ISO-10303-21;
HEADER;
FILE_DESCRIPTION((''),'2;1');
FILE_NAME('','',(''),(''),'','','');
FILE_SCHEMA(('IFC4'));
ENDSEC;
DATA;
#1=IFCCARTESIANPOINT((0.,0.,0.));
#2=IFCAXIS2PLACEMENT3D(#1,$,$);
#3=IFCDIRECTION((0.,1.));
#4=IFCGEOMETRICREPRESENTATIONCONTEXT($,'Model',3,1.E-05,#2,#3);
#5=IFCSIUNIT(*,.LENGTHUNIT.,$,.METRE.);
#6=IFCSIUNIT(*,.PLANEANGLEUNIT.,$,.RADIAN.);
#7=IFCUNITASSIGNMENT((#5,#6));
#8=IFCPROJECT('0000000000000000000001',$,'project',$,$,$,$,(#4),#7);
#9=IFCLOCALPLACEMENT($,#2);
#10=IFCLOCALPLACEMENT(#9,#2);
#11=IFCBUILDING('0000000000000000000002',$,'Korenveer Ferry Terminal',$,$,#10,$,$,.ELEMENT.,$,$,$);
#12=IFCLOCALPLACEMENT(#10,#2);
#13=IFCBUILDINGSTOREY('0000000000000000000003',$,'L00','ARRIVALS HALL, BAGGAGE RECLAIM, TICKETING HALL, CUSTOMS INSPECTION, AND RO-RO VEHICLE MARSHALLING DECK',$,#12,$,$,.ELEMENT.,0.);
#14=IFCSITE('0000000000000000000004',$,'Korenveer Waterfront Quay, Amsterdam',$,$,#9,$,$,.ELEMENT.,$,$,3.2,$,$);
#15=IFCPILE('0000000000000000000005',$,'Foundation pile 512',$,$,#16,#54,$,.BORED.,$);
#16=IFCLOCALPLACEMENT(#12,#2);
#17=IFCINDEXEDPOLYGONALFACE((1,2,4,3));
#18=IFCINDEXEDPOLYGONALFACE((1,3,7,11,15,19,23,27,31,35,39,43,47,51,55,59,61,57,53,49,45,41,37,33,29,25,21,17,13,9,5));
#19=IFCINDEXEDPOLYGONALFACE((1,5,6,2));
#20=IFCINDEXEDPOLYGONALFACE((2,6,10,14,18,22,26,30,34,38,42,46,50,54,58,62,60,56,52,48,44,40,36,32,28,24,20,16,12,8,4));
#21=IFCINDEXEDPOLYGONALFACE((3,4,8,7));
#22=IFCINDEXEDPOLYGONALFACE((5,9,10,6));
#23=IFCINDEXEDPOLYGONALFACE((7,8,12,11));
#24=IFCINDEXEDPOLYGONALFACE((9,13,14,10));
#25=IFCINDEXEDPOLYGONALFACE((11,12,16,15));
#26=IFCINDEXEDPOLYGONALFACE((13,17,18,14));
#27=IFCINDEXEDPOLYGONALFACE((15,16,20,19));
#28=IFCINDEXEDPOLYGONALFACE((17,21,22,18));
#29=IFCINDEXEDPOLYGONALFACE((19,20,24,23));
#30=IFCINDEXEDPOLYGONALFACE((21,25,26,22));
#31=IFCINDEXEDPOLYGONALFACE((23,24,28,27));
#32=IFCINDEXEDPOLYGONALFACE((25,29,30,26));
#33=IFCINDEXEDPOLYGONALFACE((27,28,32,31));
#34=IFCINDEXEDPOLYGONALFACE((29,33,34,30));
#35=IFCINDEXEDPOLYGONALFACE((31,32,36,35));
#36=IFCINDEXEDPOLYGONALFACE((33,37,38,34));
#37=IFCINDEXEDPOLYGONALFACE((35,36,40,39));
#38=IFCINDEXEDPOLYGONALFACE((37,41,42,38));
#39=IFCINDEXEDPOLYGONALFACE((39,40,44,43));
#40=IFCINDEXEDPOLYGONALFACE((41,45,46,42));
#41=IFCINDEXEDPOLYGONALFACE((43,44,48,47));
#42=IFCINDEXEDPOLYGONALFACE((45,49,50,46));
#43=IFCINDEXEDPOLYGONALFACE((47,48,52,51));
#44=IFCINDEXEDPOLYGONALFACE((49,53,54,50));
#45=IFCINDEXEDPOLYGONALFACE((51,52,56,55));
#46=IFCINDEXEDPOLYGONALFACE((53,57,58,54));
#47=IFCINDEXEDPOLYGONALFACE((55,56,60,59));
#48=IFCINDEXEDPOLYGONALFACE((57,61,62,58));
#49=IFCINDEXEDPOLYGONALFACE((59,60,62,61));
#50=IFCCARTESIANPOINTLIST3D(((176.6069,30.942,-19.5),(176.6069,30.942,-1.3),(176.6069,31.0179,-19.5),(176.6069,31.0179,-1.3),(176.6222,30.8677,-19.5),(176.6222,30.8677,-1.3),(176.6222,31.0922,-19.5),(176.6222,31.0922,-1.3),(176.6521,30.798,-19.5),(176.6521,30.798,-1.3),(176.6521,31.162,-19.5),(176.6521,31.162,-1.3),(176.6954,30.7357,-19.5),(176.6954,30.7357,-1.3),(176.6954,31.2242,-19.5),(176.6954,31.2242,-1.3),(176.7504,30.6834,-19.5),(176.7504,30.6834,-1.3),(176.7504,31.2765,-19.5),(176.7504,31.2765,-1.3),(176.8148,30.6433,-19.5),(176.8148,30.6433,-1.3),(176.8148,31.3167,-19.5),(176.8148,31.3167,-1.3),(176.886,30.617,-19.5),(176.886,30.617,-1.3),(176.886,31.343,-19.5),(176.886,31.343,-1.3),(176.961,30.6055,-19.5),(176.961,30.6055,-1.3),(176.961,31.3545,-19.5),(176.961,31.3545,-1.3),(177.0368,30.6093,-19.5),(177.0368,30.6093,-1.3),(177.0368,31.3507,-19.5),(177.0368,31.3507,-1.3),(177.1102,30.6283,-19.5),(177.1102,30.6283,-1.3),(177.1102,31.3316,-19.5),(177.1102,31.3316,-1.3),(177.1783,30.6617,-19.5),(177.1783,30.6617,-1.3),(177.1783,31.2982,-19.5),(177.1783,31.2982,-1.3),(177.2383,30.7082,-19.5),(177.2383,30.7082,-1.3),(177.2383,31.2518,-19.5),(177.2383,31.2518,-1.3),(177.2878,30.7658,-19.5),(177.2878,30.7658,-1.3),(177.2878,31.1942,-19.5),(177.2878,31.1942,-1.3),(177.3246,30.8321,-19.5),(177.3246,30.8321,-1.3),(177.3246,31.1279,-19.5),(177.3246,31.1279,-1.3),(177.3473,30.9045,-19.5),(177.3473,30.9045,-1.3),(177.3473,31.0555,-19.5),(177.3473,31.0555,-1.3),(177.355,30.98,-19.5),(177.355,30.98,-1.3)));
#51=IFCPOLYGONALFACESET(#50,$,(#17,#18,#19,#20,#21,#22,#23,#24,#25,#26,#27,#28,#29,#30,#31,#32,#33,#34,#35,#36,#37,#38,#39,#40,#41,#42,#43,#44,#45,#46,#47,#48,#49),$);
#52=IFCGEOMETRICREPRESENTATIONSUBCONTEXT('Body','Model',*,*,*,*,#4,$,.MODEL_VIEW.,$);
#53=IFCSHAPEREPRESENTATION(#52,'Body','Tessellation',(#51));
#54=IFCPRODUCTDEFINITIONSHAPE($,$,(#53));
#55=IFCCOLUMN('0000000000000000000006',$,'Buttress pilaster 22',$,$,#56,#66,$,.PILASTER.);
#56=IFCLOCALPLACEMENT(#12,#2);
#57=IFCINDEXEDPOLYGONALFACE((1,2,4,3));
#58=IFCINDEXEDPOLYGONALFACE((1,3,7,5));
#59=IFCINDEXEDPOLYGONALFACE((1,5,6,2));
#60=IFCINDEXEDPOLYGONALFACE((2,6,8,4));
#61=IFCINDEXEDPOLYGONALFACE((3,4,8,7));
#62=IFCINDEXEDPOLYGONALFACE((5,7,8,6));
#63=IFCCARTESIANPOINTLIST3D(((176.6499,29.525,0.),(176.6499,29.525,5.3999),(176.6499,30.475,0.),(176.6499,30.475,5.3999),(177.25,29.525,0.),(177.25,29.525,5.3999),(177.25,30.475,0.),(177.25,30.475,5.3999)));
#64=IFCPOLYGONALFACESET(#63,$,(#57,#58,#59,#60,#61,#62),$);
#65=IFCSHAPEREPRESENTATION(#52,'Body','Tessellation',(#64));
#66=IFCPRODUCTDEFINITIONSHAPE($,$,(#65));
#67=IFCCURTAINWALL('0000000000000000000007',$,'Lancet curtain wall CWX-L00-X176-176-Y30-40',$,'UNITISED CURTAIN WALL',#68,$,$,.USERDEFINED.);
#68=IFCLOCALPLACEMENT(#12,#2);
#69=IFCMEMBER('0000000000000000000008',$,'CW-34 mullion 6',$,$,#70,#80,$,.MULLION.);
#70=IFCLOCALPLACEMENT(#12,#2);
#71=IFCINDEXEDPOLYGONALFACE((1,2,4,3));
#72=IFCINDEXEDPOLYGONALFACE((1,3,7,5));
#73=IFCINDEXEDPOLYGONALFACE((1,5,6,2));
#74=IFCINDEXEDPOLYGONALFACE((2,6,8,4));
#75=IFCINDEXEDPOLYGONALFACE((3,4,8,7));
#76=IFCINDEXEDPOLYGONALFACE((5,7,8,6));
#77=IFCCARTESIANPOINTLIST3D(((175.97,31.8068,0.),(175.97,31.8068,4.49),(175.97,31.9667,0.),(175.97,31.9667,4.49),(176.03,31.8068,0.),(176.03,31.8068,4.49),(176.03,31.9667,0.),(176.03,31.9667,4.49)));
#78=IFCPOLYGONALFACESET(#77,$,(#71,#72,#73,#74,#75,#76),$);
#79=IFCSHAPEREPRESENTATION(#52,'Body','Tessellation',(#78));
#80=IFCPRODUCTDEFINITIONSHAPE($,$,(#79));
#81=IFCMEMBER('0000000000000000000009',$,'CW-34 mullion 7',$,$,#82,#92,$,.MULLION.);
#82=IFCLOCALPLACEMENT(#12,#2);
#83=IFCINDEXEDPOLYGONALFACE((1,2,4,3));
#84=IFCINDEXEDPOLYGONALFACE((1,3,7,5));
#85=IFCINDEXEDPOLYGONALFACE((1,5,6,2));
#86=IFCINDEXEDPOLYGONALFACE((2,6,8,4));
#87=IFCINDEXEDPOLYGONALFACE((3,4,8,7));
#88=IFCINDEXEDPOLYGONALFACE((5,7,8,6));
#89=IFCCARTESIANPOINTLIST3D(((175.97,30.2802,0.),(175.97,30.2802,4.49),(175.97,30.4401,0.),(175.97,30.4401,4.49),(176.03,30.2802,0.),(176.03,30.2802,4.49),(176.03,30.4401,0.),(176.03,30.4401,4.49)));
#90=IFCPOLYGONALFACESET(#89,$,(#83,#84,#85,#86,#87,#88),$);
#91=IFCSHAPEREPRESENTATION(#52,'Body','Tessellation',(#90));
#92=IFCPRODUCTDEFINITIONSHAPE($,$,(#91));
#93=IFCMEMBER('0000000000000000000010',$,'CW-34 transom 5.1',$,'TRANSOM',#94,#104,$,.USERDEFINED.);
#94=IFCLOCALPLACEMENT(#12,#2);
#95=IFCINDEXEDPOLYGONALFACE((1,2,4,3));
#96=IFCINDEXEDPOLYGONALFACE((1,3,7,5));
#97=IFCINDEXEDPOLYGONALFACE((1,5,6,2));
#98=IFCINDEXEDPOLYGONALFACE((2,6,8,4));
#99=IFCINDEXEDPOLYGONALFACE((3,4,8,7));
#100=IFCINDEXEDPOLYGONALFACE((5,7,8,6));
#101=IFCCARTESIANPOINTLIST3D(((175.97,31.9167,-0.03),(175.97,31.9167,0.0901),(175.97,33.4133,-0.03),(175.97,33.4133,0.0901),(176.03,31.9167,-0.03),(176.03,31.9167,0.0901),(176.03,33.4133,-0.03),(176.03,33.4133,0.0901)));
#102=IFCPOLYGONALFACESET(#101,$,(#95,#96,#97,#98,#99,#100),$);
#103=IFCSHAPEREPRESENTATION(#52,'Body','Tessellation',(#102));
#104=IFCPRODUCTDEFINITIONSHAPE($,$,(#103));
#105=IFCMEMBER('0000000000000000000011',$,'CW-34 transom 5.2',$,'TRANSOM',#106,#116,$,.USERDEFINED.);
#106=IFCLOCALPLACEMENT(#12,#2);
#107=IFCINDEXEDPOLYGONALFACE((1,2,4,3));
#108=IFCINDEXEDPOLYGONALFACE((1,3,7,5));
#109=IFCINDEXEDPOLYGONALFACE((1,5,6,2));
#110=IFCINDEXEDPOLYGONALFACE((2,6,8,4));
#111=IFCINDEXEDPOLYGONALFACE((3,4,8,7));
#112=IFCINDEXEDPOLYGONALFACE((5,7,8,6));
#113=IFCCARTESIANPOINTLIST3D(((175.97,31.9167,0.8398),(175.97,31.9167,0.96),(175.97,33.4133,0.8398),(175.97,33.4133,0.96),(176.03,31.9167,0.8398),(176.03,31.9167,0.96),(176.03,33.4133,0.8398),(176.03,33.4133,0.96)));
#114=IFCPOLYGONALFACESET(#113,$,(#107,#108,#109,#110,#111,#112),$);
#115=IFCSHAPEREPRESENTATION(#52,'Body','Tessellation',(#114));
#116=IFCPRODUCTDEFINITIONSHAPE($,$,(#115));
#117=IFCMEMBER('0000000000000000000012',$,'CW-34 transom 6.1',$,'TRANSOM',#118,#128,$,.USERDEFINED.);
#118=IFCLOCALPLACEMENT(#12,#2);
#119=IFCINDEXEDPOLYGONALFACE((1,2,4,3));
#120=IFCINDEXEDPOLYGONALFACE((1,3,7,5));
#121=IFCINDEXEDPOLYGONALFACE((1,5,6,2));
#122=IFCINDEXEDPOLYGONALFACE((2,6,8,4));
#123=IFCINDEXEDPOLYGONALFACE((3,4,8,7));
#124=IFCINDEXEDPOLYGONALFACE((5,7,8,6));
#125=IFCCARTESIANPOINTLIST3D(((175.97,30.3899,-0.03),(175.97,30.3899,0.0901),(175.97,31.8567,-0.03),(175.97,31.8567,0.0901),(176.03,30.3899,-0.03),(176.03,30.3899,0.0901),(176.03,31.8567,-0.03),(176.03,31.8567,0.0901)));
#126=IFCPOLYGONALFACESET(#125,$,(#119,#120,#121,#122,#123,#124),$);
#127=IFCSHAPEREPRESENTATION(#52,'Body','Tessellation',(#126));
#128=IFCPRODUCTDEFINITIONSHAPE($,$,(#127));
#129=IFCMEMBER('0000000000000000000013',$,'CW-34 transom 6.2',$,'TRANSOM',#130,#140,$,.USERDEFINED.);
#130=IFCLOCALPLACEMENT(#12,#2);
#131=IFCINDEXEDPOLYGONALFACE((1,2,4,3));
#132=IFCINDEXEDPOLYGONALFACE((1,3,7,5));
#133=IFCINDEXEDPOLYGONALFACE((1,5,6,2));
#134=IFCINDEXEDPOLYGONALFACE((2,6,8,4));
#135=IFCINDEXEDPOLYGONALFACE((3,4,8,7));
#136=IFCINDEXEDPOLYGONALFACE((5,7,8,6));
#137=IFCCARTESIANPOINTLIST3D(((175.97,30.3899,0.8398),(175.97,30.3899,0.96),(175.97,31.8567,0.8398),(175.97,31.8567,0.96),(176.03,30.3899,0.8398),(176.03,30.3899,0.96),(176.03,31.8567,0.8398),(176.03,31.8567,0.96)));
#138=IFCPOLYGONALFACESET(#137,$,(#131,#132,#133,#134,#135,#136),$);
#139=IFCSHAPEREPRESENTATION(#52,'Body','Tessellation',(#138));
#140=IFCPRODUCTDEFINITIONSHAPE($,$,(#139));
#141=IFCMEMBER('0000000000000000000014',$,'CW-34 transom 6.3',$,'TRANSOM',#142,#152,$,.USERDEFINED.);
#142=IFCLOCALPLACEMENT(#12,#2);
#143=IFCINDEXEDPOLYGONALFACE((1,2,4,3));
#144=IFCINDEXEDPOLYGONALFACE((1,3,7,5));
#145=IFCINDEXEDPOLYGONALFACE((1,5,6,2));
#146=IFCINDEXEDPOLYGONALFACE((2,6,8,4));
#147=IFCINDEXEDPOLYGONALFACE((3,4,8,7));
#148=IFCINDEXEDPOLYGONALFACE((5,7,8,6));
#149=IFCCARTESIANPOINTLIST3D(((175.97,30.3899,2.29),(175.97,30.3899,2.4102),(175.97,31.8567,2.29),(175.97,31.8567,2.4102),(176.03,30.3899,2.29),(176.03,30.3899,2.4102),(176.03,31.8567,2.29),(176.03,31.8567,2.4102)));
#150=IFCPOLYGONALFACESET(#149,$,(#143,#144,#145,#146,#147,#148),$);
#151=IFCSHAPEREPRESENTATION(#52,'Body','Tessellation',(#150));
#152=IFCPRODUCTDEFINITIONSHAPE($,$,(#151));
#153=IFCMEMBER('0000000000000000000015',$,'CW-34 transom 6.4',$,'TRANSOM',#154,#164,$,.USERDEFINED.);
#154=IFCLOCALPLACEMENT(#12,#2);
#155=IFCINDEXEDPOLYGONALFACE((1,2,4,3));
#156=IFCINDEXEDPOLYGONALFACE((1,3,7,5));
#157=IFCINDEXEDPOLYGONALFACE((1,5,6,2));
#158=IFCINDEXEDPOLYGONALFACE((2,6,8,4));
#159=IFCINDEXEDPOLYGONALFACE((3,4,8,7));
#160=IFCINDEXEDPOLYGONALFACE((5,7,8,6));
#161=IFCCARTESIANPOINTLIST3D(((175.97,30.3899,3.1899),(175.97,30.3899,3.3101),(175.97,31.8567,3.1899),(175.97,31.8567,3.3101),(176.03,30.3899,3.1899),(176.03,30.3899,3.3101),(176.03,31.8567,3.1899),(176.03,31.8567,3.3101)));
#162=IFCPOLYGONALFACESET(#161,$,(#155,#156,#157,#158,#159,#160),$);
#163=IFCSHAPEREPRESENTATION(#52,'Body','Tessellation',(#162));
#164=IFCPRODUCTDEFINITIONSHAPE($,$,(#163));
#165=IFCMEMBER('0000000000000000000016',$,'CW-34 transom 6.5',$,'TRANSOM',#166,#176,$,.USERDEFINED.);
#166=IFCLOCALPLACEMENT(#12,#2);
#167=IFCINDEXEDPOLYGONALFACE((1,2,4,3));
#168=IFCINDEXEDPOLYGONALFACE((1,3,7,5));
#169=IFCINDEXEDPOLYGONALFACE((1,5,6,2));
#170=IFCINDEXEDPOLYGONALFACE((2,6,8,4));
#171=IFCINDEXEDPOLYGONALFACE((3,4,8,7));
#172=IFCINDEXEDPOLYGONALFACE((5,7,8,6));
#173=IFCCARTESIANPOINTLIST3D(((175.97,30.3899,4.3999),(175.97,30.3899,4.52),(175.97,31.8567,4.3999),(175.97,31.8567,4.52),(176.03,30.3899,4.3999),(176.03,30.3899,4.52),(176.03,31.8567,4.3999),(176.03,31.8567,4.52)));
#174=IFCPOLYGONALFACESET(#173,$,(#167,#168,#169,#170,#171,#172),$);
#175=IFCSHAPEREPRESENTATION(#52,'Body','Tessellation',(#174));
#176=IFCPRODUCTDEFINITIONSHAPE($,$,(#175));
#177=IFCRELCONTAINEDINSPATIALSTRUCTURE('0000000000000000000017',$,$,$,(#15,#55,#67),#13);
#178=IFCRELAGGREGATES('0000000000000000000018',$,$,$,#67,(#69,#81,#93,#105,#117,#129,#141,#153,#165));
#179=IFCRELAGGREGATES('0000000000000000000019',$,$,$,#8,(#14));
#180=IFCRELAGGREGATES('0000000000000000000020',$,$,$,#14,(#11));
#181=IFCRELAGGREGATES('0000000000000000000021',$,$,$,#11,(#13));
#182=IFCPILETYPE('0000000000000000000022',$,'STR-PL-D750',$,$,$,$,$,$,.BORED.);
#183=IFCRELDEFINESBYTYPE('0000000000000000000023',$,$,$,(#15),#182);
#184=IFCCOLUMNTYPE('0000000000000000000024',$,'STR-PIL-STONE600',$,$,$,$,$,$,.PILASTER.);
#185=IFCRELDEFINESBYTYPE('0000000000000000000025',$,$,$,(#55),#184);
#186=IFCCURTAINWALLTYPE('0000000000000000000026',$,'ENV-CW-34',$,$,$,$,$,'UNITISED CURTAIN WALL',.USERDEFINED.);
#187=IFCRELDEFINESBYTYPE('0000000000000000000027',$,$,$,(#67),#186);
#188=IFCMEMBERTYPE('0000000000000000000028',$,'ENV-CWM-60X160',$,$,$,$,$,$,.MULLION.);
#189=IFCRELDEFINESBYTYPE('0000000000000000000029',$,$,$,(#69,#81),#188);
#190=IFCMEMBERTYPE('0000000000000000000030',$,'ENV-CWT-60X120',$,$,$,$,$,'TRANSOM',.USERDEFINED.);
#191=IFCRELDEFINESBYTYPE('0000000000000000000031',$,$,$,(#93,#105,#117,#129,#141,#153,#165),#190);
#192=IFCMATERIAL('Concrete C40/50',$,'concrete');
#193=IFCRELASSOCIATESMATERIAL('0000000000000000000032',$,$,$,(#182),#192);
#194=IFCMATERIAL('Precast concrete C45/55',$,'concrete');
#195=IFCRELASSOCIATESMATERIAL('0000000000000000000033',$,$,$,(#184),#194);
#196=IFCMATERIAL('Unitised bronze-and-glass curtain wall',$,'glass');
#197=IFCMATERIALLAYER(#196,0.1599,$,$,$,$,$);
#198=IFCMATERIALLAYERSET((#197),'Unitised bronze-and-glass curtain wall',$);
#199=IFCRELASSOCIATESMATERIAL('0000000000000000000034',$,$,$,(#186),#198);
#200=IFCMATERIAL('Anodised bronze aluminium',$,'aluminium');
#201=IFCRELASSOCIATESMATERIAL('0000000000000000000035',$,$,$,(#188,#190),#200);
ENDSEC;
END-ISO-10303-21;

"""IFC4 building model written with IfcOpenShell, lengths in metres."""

from ifc_helpers import new_model, si_unit, direction, frame, origin, origin_2d, place, context, subcontext, project, spatial, rectangle, circle, extrude, material, layer, layer_set, material_profile, profile_set, type_object, element, aggregate, save


model = new_model("IFC4")

# Units and contexts
model_context = context("Model", 3, precision=1e-05, world=origin(), true_north=direction((0.0, 1.0)))
body_context = subcontext(model_context, "Body", "Model", "MODEL_VIEW")
ifc_project = project(units=[si_unit("LENGTHUNIT", "METRE"), si_unit("PLANEANGLEUNIT", "RADIAN")], contexts=[model_context])

# Site, building, storey
site_placement = place(None, origin())
site = spatial("IfcSite", under=ifc_project, at=site_placement, Name="Korenveer Waterfront Quay, Amsterdam", CompositionType="ELEMENT", RefElevation=3.2)
building_placement = place(site_placement, origin())
building = spatial("IfcBuilding", under=site, at=building_placement, Name="Korenveer Ferry Terminal", CompositionType="ELEMENT")
storey_placement = place(building_placement, origin())
storey = spatial("IfcBuildingStorey", under=building, at=storey_placement, Name="L00", Description="ARRIVALS HALL, BAGGAGE RECLAIM, TICKETING HALL, CUSTOMS INSPECTION, AND RO-RO VEHICLE MARSHALLING DECK", CompositionType="ELEMENT", Elevation=0.0)

# Pile
ifc_material_1 = material(Name="Concrete C40/50", Category="concrete")
ifc_material_profile_1 = material_profile(ifc_material_1, circle(Radius=0.375, at=origin_2d()), Name="PILE D750")
ifc_profile_set_1 = profile_set([ifc_material_profile_1], Name="Concrete C40/50")
pile_type = type_object("IfcPileType", Name="STR-PL-D750", PredefinedType="BORED", material=ifc_profile_set_1)
pile_placement = place(storey_placement, frame((176.98, 30.98, -1.3), z_axis=(0.0, 0.0, -1.0), x_axis=(1.0, 0.0, 0.0)))
element("IfcPile", 1, at=pile_placement, inside=storey, type_object=pile_type, Name="Foundation pile 512", PredefinedType="BORED", context=body_context, shape_type="SweptSolid", body=[
    extrude(circle(Radius=0.375, at=origin_2d()), origin(), (0.0, 0.0, 1.0), 18.2),
])

# Column
ifc_material_2 = material(Name="Precast concrete C45/55", Category="concrete")
ifc_material_profile_2 = material_profile(ifc_material_2, rectangle(XDim=0.6001, YDim=0.95, at=origin_2d()), Name="RC 600x950")
ifc_profile_set_2 = profile_set([ifc_material_profile_2], Name="Precast concrete C45/55")
column_type = type_object("IfcColumnType", Name="STR-PIL-STONE600", PredefinedType="PILASTER", material=ifc_profile_set_2)
column_placement = place(storey_placement, frame((176.95, 30.0, 0.0), z_axis=(0.0, 0.0, 1.0), x_axis=(1.0, 0.0, 0.0)))
element("IfcColumn", 2, at=column_placement, inside=storey, type_object=column_type, Name="Buttress pilaster 22", PredefinedType="PILASTER", context=body_context, shape_type="SweptSolid", body=[
    extrude(rectangle(XDim=0.6001, YDim=0.95, at=origin_2d()), origin(), (0.0, 0.0, 1.0), 5.3999),
])

# Curtain wall, members
ifc_material_3 = material(Name="Unitised bronze-and-glass curtain wall", Category="glass")
ifc_layer_1 = layer(ifc_material_3, 0.1599)
ifc_layer_set_1 = layer_set([ifc_layer_1], Name="Unitised bronze-and-glass curtain wall")
curtain_wall_type = type_object("IfcCurtainWallType", Name="ENV-CW-34", ElementType="UNITISED CURTAIN WALL", PredefinedType="USERDEFINED", material=ifc_layer_set_1)
curtain_wall_placement = place(storey_placement, frame((176.0, 39.6699, 0.0)))
curtain_wall = element("IfcCurtainWall", 3, at=curtain_wall_placement, inside=storey, type_object=curtain_wall_type, Name="Lancet curtain wall CWX-L00-X176-176-Y30-40", ObjectType="UNITISED CURTAIN WALL", PredefinedType="USERDEFINED")
ifc_material_4 = material(Name="Anodised bronze aluminium", Category="aluminium")
ifc_material_profile_3 = material_profile(ifc_material_4, rectangle(XDim=0.0601, YDim=0.1599, at=origin_2d()), Name="ALU 60x160")
ifc_profile_set_3 = profile_set([ifc_material_profile_3], Name="Anodised bronze aluminium")
member_type_1 = type_object("IfcMemberType", Name="ENV-CWM-60X160", PredefinedType="MULLION", material=ifc_profile_set_3)
member_1_placement = place(storey_placement, frame((176.0, 31.8867, 0.0), z_axis=(0.0, 0.0, 1.0), x_axis=(1.0, 0.0, 0.0)))
member_1 = element("IfcMember", 4, at=member_1_placement, type_object=member_type_1, Name="CW-34 mullion 6", PredefinedType="MULLION", context=body_context, shape_type="SweptSolid", body=[
    extrude(rectangle(XDim=0.0601, YDim=0.1599, at=origin_2d()), origin(), (0.0, 0.0, 1.0), 4.49),
])
member_2_placement = place(storey_placement, frame((176.0, 30.3601, 0.0), z_axis=(0.0, 0.0, 1.0), x_axis=(1.0, 0.0, 0.0)))
member_2 = element("IfcMember", 5, at=member_2_placement, type_object=member_type_1, Name="CW-34 mullion 7", PredefinedType="MULLION", context=body_context, shape_type="SweptSolid", body=[
    extrude(rectangle(XDim=0.0601, YDim=0.1599, at=origin_2d()), origin(), (0.0, 0.0, 1.0), 4.49),
])
ifc_material_profile_4 = material_profile(ifc_material_4, rectangle(XDim=0.0601, YDim=0.1201, at=origin_2d()), Name="ALU 60x120")
ifc_profile_set_4 = profile_set([ifc_material_profile_4], Name="Anodised bronze aluminium")
member_type_2 = type_object("IfcMemberType", Name="ENV-CWT-60X120", ElementType="TRANSOM", PredefinedType="USERDEFINED", material=ifc_profile_set_4)
member_3_placement = place(storey_placement, frame((176.0, 33.4133, 0.03), z_axis=(0.0, -1.0, 0.0), x_axis=(1.0, 0.0, 0.0)))
member_3 = element("IfcMember", 6, at=member_3_placement, type_object=member_type_2, Name="CW-34 transom 5.1", ObjectType="TRANSOM", PredefinedType="USERDEFINED", context=body_context, shape_type="SweptSolid", body=[
    extrude(rectangle(XDim=0.0601, YDim=0.1201, at=origin_2d()), origin(), (0.0, 0.0, 1.0), 1.4966),
])
member_4_placement = place(storey_placement, frame((176.0, 33.4133, 0.8999), z_axis=(0.0, -1.0, 0.0), x_axis=(1.0, 0.0, 0.0)))
member_4 = element("IfcMember", 7, at=member_4_placement, type_object=member_type_2, Name="CW-34 transom 5.2", ObjectType="TRANSOM", PredefinedType="USERDEFINED", context=body_context, shape_type="SweptSolid", body=[
    extrude(rectangle(XDim=0.0601, YDim=0.1201, at=origin_2d()), origin(), (0.0, 0.0, 1.0), 1.4966),
])
member_5_placement = place(storey_placement, frame((176.0, 31.8567, 0.03), z_axis=(0.0, -1.0, 0.0), x_axis=(1.0, 0.0, 0.0)))
member_5 = element("IfcMember", 8, at=member_5_placement, type_object=member_type_2, Name="CW-34 transom 6.1", ObjectType="TRANSOM", PredefinedType="USERDEFINED", context=body_context, shape_type="SweptSolid", body=[
    extrude(rectangle(XDim=0.0601, YDim=0.1201, at=origin_2d()), origin(), (0.0, 0.0, 1.0), 1.4668),
])
member_6_placement = place(storey_placement, frame((176.0, 31.8567, 0.8999), z_axis=(0.0, -1.0, 0.0), x_axis=(1.0, 0.0, 0.0)))
member_6 = element("IfcMember", 9, at=member_6_placement, type_object=member_type_2, Name="CW-34 transom 6.2", ObjectType="TRANSOM", PredefinedType="USERDEFINED", context=body_context, shape_type="SweptSolid", body=[
    extrude(rectangle(XDim=0.0601, YDim=0.1201, at=origin_2d()), origin(), (0.0, 0.0, 1.0), 1.4668),
])
member_7_placement = place(storey_placement, frame((176.0, 31.8567, 2.3501), z_axis=(0.0, -1.0, 0.0), x_axis=(1.0, 0.0, 0.0)))
member_7 = element("IfcMember", 10, at=member_7_placement, type_object=member_type_2, Name="CW-34 transom 6.3", ObjectType="TRANSOM", PredefinedType="USERDEFINED", context=body_context, shape_type="SweptSolid", body=[
    extrude(rectangle(XDim=0.0601, YDim=0.1201, at=origin_2d()), origin(), (0.0, 0.0, 1.0), 1.4668),
])
member_8_placement = place(storey_placement, frame((176.0, 31.8567, 3.25), z_axis=(0.0, -1.0, 0.0), x_axis=(1.0, 0.0, 0.0)))
member_8 = element("IfcMember", 11, at=member_8_placement, type_object=member_type_2, Name="CW-34 transom 6.4", ObjectType="TRANSOM", PredefinedType="USERDEFINED", context=body_context, shape_type="SweptSolid", body=[
    extrude(rectangle(XDim=0.0601, YDim=0.1201, at=origin_2d()), origin(), (0.0, 0.0, 1.0), 1.4668),
])
member_9_placement = place(storey_placement, frame((176.0, 31.8567, 4.46), z_axis=(0.0, -1.0, 0.0), x_axis=(1.0, 0.0, 0.0)))
member_9 = element("IfcMember", 12, at=member_9_placement, type_object=member_type_2, Name="CW-34 transom 6.5", ObjectType="TRANSOM", PredefinedType="USERDEFINED", context=body_context, shape_type="SweptSolid", body=[
    extrude(rectangle(XDim=0.0601, YDim=0.1201, at=origin_2d()), origin(), (0.0, 0.0, 1.0), 1.4668),
])

aggregate(curtain_wall, [member_1, member_2, member_3, member_4, member_5, member_6, member_7, member_8, member_9])

save(model, "model.ifc")
